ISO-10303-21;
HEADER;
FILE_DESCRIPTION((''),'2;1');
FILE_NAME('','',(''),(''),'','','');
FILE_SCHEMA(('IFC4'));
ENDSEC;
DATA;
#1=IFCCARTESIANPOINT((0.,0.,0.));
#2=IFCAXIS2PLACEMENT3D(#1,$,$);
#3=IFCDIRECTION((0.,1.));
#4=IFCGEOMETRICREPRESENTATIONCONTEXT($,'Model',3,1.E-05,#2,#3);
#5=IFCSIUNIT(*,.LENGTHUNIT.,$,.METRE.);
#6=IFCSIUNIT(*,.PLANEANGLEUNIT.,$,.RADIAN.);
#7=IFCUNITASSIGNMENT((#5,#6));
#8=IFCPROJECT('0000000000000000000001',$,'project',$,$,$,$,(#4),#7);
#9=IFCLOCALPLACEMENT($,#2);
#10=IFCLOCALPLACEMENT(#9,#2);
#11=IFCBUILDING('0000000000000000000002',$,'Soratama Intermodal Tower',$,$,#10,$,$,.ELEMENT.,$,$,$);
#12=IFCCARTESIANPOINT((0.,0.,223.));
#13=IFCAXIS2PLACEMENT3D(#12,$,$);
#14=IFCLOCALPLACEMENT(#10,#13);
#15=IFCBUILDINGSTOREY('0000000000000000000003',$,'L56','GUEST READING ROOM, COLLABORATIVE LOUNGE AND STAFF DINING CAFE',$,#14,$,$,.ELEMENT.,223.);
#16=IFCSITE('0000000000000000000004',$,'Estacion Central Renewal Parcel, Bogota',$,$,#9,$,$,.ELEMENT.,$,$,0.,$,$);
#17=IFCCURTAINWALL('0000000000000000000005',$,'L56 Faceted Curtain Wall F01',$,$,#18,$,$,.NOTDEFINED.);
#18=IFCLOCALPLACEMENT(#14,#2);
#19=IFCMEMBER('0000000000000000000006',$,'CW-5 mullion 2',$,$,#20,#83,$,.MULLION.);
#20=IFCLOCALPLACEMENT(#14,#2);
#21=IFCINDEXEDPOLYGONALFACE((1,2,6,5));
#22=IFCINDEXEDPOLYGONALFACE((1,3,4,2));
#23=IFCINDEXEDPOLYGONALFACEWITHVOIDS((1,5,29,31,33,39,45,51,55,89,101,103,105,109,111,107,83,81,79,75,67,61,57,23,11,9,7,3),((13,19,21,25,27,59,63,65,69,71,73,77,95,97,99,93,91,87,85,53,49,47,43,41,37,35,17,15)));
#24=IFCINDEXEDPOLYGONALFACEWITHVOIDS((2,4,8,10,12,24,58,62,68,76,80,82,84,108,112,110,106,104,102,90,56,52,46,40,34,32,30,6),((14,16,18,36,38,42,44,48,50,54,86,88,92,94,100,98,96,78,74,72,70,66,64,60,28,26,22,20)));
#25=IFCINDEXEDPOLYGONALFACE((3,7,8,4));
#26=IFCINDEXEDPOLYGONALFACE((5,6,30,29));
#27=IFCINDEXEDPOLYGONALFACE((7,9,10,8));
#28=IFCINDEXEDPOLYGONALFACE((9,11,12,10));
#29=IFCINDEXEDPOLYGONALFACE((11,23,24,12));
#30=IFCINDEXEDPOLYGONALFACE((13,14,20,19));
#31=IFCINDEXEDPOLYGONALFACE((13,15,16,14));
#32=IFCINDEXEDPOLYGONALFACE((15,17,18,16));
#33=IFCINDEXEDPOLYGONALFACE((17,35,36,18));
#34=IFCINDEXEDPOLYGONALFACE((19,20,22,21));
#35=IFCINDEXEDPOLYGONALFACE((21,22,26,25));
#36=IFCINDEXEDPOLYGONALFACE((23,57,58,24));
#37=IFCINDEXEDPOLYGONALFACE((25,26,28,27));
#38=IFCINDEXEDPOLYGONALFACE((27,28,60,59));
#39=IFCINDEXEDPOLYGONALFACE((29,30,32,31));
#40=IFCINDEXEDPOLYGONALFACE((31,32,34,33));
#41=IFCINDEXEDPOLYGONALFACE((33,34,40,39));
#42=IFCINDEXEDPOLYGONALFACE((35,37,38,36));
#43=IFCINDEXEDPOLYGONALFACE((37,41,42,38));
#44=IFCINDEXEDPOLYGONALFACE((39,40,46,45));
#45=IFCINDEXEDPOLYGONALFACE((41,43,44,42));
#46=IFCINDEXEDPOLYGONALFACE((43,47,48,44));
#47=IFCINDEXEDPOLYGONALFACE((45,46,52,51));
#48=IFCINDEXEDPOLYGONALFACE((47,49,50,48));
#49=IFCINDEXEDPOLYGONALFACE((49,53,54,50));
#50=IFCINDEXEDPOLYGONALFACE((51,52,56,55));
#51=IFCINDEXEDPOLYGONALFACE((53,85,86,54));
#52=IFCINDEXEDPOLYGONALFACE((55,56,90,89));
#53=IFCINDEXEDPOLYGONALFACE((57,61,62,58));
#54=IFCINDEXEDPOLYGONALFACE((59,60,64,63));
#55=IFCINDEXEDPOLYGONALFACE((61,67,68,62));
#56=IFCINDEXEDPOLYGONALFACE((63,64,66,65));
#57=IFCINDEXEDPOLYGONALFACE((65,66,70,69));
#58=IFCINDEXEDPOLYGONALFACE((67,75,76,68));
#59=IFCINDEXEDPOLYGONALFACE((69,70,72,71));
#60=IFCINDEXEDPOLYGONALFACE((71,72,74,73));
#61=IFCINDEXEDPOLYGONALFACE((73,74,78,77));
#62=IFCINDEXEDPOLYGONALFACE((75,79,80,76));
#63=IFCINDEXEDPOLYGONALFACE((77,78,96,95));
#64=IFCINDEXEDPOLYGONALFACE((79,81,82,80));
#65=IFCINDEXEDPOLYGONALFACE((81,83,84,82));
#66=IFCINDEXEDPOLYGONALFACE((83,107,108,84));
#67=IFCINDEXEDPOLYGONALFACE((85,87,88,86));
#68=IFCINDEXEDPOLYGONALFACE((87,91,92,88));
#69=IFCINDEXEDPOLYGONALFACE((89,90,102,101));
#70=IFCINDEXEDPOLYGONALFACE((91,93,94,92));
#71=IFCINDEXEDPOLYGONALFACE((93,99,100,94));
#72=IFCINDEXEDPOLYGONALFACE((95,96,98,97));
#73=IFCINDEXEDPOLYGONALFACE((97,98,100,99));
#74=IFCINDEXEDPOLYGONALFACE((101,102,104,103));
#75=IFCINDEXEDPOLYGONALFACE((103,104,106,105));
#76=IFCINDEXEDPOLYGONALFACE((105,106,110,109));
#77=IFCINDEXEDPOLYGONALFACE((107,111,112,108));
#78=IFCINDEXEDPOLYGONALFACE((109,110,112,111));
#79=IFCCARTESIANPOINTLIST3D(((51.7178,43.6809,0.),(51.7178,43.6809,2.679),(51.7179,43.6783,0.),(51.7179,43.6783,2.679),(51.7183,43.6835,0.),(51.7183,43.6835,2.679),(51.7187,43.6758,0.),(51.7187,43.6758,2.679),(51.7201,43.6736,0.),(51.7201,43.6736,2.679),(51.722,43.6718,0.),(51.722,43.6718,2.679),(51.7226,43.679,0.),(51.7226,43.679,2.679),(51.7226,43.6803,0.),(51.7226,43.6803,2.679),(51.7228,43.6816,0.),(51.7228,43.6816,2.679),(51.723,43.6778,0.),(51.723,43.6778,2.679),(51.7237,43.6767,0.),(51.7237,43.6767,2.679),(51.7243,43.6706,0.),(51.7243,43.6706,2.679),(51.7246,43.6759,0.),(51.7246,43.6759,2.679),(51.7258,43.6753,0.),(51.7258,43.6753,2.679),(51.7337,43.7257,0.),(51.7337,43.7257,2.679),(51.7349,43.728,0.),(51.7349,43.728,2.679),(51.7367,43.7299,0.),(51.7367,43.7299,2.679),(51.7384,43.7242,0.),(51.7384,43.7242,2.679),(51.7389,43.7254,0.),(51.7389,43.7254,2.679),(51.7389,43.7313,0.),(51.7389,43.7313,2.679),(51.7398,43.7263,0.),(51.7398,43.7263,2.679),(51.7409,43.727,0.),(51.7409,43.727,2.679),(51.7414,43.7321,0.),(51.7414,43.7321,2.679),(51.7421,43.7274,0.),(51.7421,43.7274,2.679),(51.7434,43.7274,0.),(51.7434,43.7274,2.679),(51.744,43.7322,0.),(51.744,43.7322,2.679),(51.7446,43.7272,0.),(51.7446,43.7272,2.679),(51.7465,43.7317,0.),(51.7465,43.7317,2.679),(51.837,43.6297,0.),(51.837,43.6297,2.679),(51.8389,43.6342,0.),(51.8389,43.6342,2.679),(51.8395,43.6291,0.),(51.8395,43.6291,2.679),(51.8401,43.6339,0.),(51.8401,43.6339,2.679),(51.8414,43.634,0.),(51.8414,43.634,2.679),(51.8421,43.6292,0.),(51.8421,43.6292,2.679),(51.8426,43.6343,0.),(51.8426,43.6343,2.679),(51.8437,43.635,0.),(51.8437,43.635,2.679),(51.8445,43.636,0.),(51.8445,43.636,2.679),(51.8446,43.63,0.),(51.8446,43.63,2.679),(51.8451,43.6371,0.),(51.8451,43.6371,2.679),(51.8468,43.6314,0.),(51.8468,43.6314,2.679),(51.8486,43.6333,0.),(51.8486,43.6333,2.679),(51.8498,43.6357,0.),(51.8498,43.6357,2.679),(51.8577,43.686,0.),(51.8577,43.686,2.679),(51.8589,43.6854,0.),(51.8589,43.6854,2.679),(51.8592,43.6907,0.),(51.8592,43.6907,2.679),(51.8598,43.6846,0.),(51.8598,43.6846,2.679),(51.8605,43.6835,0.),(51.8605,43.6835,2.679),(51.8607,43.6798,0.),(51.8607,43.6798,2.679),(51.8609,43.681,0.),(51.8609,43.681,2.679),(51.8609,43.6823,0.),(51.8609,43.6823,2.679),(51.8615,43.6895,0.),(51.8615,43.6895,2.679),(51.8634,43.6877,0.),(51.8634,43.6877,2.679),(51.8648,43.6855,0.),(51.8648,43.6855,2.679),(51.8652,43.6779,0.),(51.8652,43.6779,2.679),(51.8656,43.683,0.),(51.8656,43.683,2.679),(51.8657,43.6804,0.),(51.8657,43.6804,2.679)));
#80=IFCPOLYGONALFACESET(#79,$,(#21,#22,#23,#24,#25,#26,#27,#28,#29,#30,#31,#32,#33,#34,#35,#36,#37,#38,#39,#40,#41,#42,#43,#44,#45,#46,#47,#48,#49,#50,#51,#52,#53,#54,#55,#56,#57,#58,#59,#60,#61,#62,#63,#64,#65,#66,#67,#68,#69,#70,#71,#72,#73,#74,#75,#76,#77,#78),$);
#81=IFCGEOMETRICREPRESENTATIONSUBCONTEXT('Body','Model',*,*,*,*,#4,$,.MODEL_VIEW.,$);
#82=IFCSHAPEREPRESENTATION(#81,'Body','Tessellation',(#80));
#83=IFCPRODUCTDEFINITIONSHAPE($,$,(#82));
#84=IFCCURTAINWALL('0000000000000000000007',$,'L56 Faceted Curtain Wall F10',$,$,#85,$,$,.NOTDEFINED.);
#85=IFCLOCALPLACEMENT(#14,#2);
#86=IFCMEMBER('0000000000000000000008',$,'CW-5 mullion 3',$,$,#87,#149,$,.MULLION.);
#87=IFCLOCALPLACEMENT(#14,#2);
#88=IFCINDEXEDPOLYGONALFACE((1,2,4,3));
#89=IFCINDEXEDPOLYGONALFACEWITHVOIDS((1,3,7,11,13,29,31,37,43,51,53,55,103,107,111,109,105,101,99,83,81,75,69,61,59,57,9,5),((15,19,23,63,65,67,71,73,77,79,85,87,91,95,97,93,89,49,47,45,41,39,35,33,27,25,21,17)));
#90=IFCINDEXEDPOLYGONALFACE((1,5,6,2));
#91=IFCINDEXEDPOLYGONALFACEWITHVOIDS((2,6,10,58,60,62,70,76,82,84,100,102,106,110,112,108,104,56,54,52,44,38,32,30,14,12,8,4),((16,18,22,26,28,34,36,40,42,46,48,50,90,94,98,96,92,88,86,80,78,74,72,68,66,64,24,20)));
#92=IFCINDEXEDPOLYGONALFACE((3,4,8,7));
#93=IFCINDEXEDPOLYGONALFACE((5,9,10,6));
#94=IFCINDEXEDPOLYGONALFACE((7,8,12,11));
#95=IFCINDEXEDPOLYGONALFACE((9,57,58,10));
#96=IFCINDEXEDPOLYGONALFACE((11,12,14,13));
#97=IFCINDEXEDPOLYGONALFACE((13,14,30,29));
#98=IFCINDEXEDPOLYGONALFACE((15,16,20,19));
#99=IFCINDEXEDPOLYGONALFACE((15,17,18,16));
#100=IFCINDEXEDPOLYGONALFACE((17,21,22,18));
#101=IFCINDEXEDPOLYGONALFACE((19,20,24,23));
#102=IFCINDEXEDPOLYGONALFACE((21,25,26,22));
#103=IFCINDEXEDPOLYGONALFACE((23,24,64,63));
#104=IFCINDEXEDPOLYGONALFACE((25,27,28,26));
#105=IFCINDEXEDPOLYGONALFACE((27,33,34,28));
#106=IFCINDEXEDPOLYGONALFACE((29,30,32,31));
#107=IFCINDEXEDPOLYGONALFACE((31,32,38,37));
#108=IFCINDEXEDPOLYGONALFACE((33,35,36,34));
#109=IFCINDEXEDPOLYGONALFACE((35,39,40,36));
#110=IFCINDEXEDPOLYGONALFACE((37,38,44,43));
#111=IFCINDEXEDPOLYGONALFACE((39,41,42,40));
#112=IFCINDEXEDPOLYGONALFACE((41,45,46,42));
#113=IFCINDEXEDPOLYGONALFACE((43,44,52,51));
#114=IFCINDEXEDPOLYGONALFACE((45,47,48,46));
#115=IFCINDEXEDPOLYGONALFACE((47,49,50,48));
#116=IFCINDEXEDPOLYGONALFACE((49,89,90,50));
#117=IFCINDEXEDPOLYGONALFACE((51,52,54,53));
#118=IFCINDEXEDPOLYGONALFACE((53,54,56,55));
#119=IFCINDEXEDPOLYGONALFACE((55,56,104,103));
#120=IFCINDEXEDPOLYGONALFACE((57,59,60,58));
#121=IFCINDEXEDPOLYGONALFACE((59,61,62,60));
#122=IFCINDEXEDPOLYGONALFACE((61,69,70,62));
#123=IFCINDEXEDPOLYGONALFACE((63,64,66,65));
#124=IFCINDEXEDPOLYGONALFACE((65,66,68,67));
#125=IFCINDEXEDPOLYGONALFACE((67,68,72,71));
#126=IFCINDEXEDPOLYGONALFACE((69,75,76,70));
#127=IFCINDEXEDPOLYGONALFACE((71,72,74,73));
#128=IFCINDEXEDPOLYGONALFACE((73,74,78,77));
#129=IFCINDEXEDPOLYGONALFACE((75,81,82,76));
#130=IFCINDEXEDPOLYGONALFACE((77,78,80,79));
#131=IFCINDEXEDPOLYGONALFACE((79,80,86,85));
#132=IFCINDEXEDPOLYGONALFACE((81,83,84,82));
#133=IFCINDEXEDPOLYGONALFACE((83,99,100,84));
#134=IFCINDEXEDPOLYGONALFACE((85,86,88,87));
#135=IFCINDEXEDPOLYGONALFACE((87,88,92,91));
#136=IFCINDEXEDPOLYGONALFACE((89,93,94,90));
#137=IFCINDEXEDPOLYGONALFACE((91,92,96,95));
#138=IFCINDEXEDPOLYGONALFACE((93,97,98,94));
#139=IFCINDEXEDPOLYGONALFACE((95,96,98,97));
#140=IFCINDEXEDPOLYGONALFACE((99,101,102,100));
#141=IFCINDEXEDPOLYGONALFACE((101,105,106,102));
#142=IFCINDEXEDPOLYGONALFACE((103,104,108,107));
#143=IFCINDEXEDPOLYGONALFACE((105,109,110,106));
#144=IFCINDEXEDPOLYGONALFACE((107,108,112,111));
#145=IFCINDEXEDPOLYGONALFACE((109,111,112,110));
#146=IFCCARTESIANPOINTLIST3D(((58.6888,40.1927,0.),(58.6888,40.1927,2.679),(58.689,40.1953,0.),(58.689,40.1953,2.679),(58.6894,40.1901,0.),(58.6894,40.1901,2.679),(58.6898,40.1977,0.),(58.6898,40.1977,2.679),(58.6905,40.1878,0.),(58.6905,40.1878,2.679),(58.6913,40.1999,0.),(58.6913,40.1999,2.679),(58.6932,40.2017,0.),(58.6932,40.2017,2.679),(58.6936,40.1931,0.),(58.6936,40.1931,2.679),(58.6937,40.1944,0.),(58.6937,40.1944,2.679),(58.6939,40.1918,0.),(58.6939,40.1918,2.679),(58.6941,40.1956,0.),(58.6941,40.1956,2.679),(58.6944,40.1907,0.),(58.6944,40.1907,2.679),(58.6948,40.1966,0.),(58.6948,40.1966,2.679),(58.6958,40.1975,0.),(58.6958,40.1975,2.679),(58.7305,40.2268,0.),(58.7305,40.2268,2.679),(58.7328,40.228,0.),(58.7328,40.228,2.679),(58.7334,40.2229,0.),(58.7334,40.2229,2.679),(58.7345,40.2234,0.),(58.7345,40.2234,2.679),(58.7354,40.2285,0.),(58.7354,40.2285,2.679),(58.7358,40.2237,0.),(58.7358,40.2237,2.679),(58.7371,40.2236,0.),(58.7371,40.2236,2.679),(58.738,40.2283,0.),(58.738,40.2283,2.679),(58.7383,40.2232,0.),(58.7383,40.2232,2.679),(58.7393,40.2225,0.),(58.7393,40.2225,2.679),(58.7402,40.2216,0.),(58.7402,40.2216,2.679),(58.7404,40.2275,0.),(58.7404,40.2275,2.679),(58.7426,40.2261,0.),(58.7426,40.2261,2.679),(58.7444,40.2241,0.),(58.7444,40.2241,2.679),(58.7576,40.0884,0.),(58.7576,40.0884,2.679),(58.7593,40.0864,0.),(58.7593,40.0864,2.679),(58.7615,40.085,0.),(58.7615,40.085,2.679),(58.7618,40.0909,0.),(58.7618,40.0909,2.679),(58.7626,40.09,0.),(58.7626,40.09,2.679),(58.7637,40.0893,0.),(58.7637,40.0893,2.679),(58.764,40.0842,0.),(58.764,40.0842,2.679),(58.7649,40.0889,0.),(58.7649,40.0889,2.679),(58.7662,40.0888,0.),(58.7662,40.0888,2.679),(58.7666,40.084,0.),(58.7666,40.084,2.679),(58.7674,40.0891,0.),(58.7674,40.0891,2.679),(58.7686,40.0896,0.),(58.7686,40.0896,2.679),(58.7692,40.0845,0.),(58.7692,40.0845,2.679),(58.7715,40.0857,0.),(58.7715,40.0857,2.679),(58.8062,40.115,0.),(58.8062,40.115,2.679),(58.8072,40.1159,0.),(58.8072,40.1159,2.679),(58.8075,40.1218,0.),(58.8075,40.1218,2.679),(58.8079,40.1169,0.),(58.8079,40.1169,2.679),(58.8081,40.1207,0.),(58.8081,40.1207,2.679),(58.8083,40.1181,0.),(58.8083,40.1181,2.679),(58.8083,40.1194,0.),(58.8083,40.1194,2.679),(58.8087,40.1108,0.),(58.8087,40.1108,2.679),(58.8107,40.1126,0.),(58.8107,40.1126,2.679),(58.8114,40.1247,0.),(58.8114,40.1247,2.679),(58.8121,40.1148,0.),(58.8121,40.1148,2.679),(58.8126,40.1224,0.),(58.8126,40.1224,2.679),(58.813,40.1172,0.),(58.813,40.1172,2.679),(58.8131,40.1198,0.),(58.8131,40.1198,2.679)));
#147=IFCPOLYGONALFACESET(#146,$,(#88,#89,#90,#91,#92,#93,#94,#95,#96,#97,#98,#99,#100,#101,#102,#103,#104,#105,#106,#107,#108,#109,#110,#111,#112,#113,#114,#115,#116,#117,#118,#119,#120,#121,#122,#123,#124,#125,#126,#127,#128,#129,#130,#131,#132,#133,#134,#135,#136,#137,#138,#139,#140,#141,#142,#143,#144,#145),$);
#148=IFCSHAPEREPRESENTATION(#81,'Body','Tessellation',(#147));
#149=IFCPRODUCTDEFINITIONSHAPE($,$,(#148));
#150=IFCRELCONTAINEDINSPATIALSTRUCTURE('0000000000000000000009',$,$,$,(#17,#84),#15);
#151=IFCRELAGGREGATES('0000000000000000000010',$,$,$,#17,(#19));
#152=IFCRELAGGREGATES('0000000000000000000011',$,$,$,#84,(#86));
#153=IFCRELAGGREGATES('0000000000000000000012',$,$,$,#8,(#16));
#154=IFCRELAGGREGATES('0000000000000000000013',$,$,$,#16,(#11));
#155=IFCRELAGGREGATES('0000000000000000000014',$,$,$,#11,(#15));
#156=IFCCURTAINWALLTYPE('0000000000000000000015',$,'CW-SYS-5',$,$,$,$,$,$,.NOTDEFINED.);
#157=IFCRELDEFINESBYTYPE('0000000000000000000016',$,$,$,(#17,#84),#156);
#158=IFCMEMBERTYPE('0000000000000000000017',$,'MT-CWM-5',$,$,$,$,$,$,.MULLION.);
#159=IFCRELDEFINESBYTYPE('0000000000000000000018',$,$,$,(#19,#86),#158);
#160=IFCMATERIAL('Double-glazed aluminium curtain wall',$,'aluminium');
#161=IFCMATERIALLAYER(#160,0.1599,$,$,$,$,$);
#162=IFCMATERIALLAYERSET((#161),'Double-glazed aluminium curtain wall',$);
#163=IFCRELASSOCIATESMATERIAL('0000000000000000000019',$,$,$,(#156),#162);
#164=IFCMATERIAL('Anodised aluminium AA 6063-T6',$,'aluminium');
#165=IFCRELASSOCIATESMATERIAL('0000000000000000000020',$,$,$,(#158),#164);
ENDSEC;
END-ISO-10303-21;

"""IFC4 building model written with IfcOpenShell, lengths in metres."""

from ifc_helpers import new_model, si_unit, direction, frame, origin, origin_2d, place, context, subcontext, project, spatial, hollow_rectangle, extrude, material, layer, layer_set, material_profile, profile_set, type_object, element, aggregate, save


model = new_model("IFC4")

# Units and contexts
model_context = context("Model", 3, precision=1e-05, world=origin(), true_north=direction((0.0, 1.0)))
body_context = subcontext(model_context, "Body", "Model", "MODEL_VIEW")
ifc_project = project(units=[si_unit("LENGTHUNIT", "METRE"), si_unit("PLANEANGLEUNIT", "RADIAN")], contexts=[model_context])

# Site, building, storey
site_placement = place(None, origin())
site = spatial("IfcSite", under=ifc_project, at=site_placement, Name="Estacion Central Renewal Parcel, Bogota", CompositionType="ELEMENT", RefElevation=0.0)
building_placement = place(site_placement, origin())
building = spatial("IfcBuilding", under=site, at=building_placement, Name="Soratama Intermodal Tower", CompositionType="ELEMENT")
storey_placement = place(building_placement, frame((0.0, 0.0, 223.0)))
storey = spatial("IfcBuildingStorey", under=building, at=storey_placement, Name="L56", Description="GUEST READING ROOM, COLLABORATIVE LOUNGE AND STAFF DINING CAFE", CompositionType="ELEMENT", Elevation=223.0)

# Curtain wall, member
ifc_material_1 = material(Name="Double-glazed aluminium curtain wall", Category="aluminium")
ifc_layer_1 = layer(ifc_material_1, 0.1599)
ifc_layer_set_1 = layer_set([ifc_layer_1], Name="Double-glazed aluminium curtain wall")
curtain_wall_type = type_object("IfcCurtainWallType", Name="CW-SYS-5", PredefinedType="NOTDEFINED", material=ifc_layer_set_1)
curtain_wall_1_placement = place(storey_placement, origin())
curtain_wall_1 = element("IfcCurtainWall", 1, at=curtain_wall_1_placement, inside=storey, type_object=curtain_wall_type, Name="L56 Faceted Curtain Wall F01", PredefinedType="NOTDEFINED")
ifc_material_2 = material(Name="Anodised aluminium AA 6063-T6", Category="aluminium")
ifc_material_profile_1 = material_profile(ifc_material_2, hollow_rectangle(XDim=0.0649, YDim=0.1399, WallThickness=0.0049, InnerFilletRadius=0.0049, OuterFilletRadius=0.01, at=origin_2d()), Name="CWM140X65X5")
ifc_profile_set_1 = profile_set([ifc_material_profile_1], Name="Anodised aluminium AA 6063-T6")
member_type_1 = type_object("IfcMemberType", Name="MT-CWM-5", PredefinedType="MULLION", material=ifc_profile_set_1)
member_1_placement = place(storey_placement, frame((51.7917, 43.6807, 0.0), z_axis=(0.0, 0.0, 1.0), x_axis=(-0.341696, -0.939811, 0.0)))
member_1 = element("IfcMember", 2, at=member_1_placement, type_object=member_type_1, Name="CW-5 mullion 2", PredefinedType="MULLION", context=body_context, shape_type="SweptSolid", body=[
    extrude(hollow_rectangle(XDim=0.0649, YDim=0.1399, WallThickness=0.0049, InnerFilletRadius=0.0049, OuterFilletRadius=0.01, at=origin_2d()), origin(), (0.0, 0.0, 1.0), 2.679),
])

# Curtain wall, member
curtain_wall_2_placement = place(storey_placement, origin())
curtain_wall_2 = element("IfcCurtainWall", 3, at=curtain_wall_2_placement, inside=storey, type_object=curtain_wall_type, Name="L56 Faceted Curtain Wall F10", PredefinedType="NOTDEFINED")
member_2_placement = place(storey_placement, frame((58.751, 40.1562, 0.0), z_axis=(0.0, 0.0, 1.0), x_axis=(-0.828843, -0.559482, 0.0)))
member_2 = element("IfcMember", 4, at=member_2_placement, type_object=member_type_1, Name="CW-5 mullion 3", PredefinedType="MULLION", context=body_context, shape_type="SweptSolid", body=[
    extrude(hollow_rectangle(XDim=0.0649, YDim=0.1399, WallThickness=0.0049, InnerFilletRadius=0.0049, OuterFilletRadius=0.01, at=origin_2d()), origin(), (0.0, 0.0, 1.0), 2.679),
])

aggregate(curtain_wall_1, [member_1])
aggregate(curtain_wall_2, [member_2])

save(model, "model.ifc")
